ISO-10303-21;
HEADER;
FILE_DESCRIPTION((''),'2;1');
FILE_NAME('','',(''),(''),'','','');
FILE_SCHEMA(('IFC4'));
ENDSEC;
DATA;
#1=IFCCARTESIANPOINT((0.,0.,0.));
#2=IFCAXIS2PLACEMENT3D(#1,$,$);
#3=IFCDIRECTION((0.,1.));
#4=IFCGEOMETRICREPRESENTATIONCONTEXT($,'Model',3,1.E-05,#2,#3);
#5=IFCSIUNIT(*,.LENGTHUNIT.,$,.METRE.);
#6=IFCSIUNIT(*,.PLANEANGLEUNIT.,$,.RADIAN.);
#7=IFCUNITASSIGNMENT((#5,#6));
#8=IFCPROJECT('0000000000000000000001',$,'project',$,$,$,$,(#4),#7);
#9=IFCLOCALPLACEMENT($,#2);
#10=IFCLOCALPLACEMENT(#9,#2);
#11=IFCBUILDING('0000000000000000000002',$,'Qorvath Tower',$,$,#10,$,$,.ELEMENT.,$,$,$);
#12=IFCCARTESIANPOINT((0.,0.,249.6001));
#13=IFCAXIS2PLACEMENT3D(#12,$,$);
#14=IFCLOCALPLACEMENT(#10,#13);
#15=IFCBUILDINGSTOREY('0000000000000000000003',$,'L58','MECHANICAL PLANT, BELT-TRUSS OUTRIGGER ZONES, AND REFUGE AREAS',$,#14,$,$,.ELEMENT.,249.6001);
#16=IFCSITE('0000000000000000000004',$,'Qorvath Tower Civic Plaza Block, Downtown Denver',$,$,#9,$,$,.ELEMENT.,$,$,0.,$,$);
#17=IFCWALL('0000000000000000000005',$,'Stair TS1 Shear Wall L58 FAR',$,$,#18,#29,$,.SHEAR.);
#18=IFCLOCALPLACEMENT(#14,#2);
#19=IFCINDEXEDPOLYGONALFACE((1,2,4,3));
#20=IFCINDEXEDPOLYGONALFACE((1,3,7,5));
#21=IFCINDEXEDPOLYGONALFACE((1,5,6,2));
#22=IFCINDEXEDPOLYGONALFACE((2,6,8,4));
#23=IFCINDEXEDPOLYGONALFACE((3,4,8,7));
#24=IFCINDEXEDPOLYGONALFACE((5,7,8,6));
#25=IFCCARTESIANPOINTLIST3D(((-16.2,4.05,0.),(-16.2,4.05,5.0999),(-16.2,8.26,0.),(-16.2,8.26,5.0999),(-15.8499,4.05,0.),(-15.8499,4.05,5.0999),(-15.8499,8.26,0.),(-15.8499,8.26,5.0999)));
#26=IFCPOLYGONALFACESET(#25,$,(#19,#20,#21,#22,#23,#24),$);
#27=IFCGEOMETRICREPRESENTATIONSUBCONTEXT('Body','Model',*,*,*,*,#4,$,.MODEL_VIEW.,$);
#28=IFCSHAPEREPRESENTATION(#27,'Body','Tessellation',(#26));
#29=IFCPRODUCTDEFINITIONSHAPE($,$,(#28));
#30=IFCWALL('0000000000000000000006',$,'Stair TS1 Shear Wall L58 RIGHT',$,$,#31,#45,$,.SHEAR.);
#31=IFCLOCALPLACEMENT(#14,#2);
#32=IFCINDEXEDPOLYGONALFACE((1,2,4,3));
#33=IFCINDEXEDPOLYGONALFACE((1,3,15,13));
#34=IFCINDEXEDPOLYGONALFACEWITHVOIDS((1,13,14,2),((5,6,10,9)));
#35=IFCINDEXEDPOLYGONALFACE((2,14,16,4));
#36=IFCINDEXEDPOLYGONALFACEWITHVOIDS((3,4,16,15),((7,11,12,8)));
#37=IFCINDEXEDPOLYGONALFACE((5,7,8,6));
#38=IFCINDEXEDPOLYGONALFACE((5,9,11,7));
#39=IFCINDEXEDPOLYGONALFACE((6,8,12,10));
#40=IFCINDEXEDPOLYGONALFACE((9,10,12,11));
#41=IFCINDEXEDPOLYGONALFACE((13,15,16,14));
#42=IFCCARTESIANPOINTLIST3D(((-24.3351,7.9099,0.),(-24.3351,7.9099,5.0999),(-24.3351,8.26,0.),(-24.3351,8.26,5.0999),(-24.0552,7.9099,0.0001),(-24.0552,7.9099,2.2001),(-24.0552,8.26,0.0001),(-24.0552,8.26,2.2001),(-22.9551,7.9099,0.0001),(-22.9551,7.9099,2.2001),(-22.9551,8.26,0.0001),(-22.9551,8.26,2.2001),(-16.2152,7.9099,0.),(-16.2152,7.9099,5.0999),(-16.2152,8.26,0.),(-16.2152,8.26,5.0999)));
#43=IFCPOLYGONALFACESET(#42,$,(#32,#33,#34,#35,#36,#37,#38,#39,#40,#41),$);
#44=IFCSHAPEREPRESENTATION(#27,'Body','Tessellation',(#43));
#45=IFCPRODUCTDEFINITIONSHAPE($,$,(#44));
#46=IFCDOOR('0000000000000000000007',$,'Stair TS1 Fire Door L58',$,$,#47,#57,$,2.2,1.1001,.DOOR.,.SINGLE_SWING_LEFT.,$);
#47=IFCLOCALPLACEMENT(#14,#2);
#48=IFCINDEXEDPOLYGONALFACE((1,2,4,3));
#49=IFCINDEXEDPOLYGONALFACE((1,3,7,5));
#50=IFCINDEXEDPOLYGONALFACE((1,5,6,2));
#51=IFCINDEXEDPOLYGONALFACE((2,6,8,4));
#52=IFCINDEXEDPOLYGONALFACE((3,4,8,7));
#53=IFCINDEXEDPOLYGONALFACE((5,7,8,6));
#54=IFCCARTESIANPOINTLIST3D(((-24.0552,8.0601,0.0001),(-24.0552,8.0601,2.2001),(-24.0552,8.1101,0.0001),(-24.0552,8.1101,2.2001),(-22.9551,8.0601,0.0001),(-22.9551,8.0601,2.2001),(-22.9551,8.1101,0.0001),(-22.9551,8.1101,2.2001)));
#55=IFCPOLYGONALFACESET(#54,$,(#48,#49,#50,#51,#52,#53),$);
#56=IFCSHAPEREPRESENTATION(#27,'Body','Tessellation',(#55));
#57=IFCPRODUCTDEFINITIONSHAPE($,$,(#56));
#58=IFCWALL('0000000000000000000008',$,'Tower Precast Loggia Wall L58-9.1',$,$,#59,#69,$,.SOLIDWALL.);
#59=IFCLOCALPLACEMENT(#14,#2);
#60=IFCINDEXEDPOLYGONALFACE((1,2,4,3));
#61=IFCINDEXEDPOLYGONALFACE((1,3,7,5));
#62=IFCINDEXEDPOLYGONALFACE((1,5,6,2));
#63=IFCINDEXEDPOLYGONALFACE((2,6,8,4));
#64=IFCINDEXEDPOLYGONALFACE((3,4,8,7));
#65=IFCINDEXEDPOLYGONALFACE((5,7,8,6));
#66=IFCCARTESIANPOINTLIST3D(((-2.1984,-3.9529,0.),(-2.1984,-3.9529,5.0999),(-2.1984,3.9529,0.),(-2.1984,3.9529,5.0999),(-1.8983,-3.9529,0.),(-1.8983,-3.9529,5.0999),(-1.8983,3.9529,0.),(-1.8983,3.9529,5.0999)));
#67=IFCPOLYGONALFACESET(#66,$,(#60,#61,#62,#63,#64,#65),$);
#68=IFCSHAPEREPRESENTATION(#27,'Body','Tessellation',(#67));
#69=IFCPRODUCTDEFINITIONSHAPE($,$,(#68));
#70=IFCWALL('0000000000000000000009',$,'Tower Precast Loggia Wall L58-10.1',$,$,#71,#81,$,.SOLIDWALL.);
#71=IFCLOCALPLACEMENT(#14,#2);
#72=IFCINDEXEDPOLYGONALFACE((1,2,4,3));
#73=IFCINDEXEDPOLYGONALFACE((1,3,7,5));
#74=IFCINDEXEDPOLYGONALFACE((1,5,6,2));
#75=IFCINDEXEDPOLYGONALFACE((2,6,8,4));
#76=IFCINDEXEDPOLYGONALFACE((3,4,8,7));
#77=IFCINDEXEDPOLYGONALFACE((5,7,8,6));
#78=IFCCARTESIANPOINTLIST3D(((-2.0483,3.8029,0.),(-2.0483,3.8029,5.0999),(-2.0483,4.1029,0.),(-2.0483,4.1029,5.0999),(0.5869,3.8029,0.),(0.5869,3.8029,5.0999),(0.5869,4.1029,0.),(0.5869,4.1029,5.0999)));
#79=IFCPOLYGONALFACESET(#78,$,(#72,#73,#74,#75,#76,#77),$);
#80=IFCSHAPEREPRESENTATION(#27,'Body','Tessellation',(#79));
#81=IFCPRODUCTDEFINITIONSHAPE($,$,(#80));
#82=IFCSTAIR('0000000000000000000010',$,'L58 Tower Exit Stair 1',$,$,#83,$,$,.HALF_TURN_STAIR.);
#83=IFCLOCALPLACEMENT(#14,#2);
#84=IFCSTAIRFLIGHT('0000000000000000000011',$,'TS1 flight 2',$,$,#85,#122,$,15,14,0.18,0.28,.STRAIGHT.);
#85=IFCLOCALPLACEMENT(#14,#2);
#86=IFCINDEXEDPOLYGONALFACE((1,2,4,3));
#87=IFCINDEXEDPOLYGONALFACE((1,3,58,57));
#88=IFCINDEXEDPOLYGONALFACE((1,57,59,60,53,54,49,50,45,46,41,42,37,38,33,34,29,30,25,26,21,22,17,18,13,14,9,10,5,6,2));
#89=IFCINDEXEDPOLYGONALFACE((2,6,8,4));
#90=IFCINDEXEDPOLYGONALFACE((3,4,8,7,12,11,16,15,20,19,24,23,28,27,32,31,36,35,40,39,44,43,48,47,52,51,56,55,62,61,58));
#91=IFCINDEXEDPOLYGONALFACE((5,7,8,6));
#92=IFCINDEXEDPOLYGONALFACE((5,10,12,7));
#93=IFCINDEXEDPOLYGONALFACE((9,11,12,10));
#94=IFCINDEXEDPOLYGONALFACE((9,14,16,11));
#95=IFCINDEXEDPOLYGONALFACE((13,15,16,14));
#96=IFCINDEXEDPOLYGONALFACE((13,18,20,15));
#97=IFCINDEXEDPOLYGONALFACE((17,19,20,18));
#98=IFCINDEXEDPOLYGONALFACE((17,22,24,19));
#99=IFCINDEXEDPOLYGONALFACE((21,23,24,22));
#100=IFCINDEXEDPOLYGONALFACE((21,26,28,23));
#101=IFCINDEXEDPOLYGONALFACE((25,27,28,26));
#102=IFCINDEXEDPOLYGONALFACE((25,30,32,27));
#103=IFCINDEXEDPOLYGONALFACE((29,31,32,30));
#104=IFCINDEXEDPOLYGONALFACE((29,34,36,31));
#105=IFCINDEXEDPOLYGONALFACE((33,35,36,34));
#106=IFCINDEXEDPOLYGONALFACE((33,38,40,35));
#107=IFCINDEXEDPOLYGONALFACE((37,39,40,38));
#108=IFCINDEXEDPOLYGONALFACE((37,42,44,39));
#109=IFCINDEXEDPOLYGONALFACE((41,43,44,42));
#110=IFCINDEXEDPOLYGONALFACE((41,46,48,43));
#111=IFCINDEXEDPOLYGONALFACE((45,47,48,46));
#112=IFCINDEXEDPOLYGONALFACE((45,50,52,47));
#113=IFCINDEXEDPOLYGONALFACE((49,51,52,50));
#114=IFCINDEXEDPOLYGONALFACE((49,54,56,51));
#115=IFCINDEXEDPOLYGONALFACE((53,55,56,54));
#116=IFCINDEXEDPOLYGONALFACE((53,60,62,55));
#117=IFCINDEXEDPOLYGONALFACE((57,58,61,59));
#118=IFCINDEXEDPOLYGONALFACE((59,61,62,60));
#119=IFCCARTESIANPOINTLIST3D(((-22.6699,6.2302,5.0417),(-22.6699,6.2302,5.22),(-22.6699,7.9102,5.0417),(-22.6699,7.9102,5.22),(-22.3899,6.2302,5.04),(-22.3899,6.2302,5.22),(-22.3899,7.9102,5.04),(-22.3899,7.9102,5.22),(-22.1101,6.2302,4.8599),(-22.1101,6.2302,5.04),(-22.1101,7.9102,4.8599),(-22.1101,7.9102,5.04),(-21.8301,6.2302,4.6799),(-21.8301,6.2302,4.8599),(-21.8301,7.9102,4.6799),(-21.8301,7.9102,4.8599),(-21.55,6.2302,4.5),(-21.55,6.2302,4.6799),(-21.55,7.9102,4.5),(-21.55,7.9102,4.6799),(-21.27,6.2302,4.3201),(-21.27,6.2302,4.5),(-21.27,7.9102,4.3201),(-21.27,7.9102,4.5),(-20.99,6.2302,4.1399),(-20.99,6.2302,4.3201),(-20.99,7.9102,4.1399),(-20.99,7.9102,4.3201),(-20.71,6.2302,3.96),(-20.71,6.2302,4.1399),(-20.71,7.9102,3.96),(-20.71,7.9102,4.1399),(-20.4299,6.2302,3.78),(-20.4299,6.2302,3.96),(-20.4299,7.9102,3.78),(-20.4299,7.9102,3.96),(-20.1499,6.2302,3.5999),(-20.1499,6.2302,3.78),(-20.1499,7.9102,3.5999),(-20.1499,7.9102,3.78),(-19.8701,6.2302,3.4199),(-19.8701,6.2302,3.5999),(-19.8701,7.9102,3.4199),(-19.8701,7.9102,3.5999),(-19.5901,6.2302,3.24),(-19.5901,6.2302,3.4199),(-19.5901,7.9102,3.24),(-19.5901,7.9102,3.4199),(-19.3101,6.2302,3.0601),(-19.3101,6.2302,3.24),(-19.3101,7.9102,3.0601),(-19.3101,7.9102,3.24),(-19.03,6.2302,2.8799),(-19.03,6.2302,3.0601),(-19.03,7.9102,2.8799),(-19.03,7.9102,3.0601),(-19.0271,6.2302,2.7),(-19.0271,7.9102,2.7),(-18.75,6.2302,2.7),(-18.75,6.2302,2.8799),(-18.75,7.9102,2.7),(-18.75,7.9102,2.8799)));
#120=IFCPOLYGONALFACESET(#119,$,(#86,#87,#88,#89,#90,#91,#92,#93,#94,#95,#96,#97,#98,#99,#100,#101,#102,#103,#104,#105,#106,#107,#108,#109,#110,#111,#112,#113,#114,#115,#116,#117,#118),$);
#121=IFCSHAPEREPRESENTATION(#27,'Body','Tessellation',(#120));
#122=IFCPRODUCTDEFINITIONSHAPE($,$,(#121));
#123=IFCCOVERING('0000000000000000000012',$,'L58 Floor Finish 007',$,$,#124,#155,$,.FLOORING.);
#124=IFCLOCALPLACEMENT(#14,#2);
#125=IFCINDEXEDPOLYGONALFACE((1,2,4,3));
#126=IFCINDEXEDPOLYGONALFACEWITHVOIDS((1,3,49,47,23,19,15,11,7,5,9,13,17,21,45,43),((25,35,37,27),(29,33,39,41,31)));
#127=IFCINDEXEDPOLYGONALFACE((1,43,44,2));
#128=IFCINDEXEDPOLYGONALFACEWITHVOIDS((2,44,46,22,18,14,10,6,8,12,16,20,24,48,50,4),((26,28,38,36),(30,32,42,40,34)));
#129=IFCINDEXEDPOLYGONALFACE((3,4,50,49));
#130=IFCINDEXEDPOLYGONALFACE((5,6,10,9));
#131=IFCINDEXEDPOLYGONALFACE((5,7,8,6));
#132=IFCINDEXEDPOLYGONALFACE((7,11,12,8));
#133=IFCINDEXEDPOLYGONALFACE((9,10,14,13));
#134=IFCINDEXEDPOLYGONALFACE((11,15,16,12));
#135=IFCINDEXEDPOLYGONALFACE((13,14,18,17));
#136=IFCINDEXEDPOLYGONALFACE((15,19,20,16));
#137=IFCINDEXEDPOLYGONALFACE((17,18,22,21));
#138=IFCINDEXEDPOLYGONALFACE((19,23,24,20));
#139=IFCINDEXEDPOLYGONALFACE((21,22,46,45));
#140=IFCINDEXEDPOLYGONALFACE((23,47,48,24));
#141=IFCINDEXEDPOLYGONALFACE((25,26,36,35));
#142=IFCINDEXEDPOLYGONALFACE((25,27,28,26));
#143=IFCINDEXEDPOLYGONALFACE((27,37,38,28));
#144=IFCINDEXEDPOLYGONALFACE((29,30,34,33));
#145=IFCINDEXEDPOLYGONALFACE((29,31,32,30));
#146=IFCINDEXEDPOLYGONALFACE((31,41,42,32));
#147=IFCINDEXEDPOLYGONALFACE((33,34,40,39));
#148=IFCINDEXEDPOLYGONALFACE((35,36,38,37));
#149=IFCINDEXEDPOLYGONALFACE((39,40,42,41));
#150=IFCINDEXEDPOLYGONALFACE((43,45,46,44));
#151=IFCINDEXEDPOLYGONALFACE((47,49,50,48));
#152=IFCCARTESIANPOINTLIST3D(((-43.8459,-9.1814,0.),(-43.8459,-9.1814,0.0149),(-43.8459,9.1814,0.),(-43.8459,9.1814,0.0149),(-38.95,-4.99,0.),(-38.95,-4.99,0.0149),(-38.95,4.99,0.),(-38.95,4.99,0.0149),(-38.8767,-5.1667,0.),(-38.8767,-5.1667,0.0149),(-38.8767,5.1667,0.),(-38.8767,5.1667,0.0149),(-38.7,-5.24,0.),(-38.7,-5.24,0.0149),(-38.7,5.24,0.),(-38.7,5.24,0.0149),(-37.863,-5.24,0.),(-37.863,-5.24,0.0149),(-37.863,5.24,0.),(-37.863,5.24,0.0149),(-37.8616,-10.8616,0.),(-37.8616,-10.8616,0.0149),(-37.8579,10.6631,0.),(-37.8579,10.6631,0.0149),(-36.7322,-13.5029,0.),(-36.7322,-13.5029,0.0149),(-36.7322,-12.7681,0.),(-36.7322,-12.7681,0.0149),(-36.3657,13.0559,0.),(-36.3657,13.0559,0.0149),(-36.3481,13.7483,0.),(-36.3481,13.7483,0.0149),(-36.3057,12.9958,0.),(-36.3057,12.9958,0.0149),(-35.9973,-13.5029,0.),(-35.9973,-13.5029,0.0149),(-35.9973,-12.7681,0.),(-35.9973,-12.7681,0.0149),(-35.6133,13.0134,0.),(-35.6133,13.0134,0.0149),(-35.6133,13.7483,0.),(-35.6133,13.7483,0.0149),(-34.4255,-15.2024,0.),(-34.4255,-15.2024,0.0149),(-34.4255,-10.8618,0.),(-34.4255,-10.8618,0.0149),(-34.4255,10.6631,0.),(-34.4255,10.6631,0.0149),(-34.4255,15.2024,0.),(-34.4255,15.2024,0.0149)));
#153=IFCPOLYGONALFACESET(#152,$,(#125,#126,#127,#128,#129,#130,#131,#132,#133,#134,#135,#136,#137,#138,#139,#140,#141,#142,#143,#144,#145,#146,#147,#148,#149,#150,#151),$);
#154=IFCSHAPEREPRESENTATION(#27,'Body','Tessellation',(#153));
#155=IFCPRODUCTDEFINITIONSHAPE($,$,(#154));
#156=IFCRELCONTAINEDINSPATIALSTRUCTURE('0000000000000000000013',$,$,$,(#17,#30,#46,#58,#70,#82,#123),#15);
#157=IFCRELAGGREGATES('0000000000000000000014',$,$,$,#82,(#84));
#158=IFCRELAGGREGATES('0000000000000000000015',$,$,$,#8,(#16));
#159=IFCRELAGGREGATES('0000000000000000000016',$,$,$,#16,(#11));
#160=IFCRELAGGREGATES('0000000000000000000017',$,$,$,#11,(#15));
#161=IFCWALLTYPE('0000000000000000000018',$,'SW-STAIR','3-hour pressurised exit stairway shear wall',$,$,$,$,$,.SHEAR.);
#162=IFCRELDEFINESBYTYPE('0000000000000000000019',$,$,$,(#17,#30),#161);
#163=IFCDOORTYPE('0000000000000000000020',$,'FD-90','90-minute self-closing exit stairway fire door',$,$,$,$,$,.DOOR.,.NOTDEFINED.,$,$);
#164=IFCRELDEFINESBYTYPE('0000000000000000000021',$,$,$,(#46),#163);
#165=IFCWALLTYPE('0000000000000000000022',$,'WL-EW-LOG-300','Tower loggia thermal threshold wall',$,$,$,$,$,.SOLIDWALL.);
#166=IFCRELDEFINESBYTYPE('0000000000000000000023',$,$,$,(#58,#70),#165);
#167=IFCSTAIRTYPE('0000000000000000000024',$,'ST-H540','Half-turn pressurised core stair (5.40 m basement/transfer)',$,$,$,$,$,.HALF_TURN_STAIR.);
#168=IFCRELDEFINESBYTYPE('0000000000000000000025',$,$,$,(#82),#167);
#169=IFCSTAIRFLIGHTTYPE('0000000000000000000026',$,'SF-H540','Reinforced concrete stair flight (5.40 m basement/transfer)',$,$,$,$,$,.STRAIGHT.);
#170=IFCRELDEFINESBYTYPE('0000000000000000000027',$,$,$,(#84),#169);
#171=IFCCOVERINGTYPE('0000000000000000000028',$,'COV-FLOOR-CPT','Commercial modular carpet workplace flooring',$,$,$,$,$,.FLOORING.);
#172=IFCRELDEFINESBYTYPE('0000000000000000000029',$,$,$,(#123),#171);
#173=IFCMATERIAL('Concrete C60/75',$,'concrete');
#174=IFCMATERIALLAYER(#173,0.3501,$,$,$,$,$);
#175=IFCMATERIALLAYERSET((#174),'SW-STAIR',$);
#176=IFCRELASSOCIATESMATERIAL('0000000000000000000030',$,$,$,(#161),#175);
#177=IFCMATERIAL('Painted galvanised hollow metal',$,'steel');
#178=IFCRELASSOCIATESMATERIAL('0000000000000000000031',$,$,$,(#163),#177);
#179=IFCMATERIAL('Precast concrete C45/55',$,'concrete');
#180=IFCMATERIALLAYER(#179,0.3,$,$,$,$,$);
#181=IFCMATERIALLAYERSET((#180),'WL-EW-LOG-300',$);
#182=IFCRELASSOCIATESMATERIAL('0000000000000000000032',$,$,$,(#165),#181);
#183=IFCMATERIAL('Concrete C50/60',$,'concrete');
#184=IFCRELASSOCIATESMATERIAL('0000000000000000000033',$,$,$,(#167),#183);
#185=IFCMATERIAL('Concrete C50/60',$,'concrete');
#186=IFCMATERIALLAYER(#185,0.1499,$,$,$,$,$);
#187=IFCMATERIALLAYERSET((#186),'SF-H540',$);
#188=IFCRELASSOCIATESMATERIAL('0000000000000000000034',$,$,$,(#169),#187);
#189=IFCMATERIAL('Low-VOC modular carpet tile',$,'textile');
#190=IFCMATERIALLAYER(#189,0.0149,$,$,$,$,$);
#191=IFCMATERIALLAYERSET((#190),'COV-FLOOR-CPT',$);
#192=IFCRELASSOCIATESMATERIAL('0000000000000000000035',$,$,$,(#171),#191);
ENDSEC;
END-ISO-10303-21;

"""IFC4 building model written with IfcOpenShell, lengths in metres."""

from ifc_helpers import new_model, si_unit, direction, frame, frame_2d, origin, place, context, subcontext, project, spatial, polyline, rectangle, outline, extrude, material, layer, layer_set, type_object, element, fill, aggregate, save


model = new_model("IFC4")

# Units and contexts
model_context = context("Model", 3, precision=1e-05, world=origin(), true_north=direction((0.0, 1.0)))
body_context = subcontext(model_context, "Body", "Model", "MODEL_VIEW")
ifc_project = project(units=[si_unit("LENGTHUNIT", "METRE"), si_unit("PLANEANGLEUNIT", "RADIAN")], contexts=[model_context])

# Site, building, storey
site_placement = place(None, origin())
site = spatial("IfcSite", under=ifc_project, at=site_placement, Name="Qorvath Tower Civic Plaza Block, Downtown Denver", CompositionType="ELEMENT", RefElevation=0.0)
building_placement = place(site_placement, origin())
building = spatial("IfcBuilding", under=site, at=building_placement, Name="Qorvath Tower", CompositionType="ELEMENT")
storey_placement = place(building_placement, frame((0.0, 0.0, 249.6001)))
storey = spatial("IfcBuildingStorey", under=building, at=storey_placement, Name="L58", Description="MECHANICAL PLANT, BELT-TRUSS OUTRIGGER ZONES, AND REFUGE AREAS", CompositionType="ELEMENT", Elevation=249.6001)

# Wall
ifc_material_1 = material(Name="Concrete C60/75", Category="concrete")
ifc_layer_1 = layer(ifc_material_1, 0.3501)
ifc_layer_set_1 = layer_set([ifc_layer_1], Name="SW-STAIR")
wall_type_1 = type_object("IfcWallType", Name="SW-STAIR", Description="3-hour pressurised exit stairway shear wall", PredefinedType="SHEAR", material=ifc_layer_set_1)
wall_1_placement = place(storey_placement, frame((-16.0249, 4.05, 0.0), z_axis=(0.0, 0.0, 1.0), x_axis=(0.0, 1.0, 0.0)))
element("IfcWall", 1, at=wall_1_placement, inside=storey, type_object=wall_type_1, Name="Stair TS1 Shear Wall L58 FAR", PredefinedType="SHEAR", context=body_context, shape_type="SweptSolid", body=[
    extrude(rectangle(XDim=4.21, YDim=0.3501, at=frame_2d((2.105, 0.0))), origin(), (0.0, 0.0, 1.0), 5.0999),
])

# Wall, opening, door
wall_2_placement = place(storey_placement, frame((-16.2151, 8.085, 0.0), z_axis=(0.0, 0.0, 1.0), x_axis=(-1.0, 0.0, 0.0)))
wall_2 = element("IfcWall", 2, at=wall_2_placement, inside=storey, type_object=wall_type_1, Name="Stair TS1 Shear Wall L58 RIGHT", PredefinedType="SHEAR", context=body_context, shape_type="SweptSolid", body=[
    extrude(rectangle(XDim=8.1199, YDim=0.3501, at=frame_2d((4.0601, 0.0))), origin(), (0.0, 0.0, 1.0), 5.0999),
])
opening_1_placement = place(wall_2_placement, frame((6.74, 0.0, 0.0)))
opening_1 = element("IfcOpeningElement", 3, at=opening_1_placement, cuts=wall_2, PredefinedType="OPENING", context=body_context, shape_type="SweptSolid", body=[
    extrude(rectangle(XDim=1.1001, YDim=2.2, at=frame_2d((0.55, 1.1001))), frame((0.0, 0.1851, 0.0), z_axis=(0.0, -1.0, 0.0), x_axis=(1.0, 0.0, 0.0)), (0.0, 0.0, 1.0), 0.3701),
])
ifc_material_2 = material(Name="Painted galvanised hollow metal", Category="steel")
door_type_1 = type_object("IfcDoorType", Name="FD-90", Description="90-minute self-closing exit stairway fire door", OperationType="NOTDEFINED", PredefinedType="DOOR", material=ifc_material_2)
door_1_placement = place(opening_1_placement, origin())
door_1 = element("IfcDoor", 4, at=door_1_placement, inside=storey, type_object=door_type_1, Name="Stair TS1 Fire Door L58", OperationType="SINGLE_SWING_LEFT", OverallHeight=2.2, OverallWidth=1.1001, PredefinedType="DOOR", context=body_context, shape_type="SweptSolid", body=[
    extrude(rectangle(XDim=1.1001, YDim=2.2, at=frame_2d((0.55, 1.1001))), frame((0.0, 0.0249, 0.0), z_axis=(0.0, -1.0, 0.0), x_axis=(1.0, 0.0, 0.0)), (0.0, 0.0, 1.0), 0.05),
])
fill(opening_1, door_1)

# Walls
ifc_material_3 = material(Name="Precast concrete C45/55", Category="concrete")
ifc_layer_2 = layer(ifc_material_3, 0.3)
ifc_layer_set_2 = layer_set([ifc_layer_2], Name="WL-EW-LOG-300")
wall_type_2 = type_object("IfcWallType", Name="WL-EW-LOG-300", Description="Tower loggia thermal threshold wall", PredefinedType="SOLIDWALL", material=ifc_layer_set_2)
wall_3_placement = place(storey_placement, frame((-2.0483, 3.9529, 0.0), z_axis=(0.0, 0.0, 1.0), x_axis=(0.0, -1.0, 0.0)))
element("IfcWall", 5, at=wall_3_placement, inside=storey, type_object=wall_type_2, Name="Tower Precast Loggia Wall L58-9.1", PredefinedType="SOLIDWALL", context=body_context, shape_type="SweptSolid", body=[
    extrude(rectangle(XDim=7.9058, YDim=0.3, at=frame_2d((3.9529, 0.0))), origin(), (0.0, 0.0, 1.0), 5.0999),
])
wall_4_placement = place(storey_placement, frame((-2.0483, 3.9529, 0.0), z_axis=(0.0, 0.0, 1.0), x_axis=(1.0, 0.0, 0.0)))
element("IfcWall", 6, at=wall_4_placement, inside=storey, type_object=wall_type_2, Name="Tower Precast Loggia Wall L58-10.1", PredefinedType="SOLIDWALL", context=body_context, shape_type="SweptSolid", body=[
    extrude(rectangle(XDim=2.6353, YDim=0.3, at=frame_2d((1.3176, 0.0))), origin(), (0.0, 0.0, 1.0), 5.0999),
])

# Stair, stair flight
ifc_material_4 = material(Name="Concrete C50/60", Category="concrete")
stair_type = type_object("IfcStairType", Name="ST-H540", Description="Half-turn pressurised core stair (5.40 m basement/transfer)", PredefinedType="HALF_TURN_STAIR", material=ifc_material_4)
stair_placement = place(storey_placement, origin())
stair = element("IfcStair", 7, at=stair_placement, inside=storey, type_object=stair_type, Name="L58 Tower Exit Stair 1", PredefinedType="HALF_TURN_STAIR")
ifc_material_5 = material(Name="Concrete C50/60", Category="concrete")
ifc_layer_3 = layer(ifc_material_5, 0.1499)
ifc_layer_set_3 = layer_set([ifc_layer_3], Name="SF-H540")
stair_flight_type = type_object("IfcStairFlightType", Name="SF-H540", Description="Reinforced concrete stair flight (5.40 m basement/transfer)", PredefinedType="STRAIGHT", material=ifc_layer_set_3)
stair_flight_placement = place(storey_placement, frame((-18.75, 7.0701, 2.7), z_axis=(0.0, 0.0, 1.0), x_axis=(-1.0, 0.0, 0.0)))
stair_flight = element("IfcStairFlight", 8, at=stair_flight_placement, type_object=stair_flight_type, Name="TS1 flight 2", NumberOfRisers=15, NumberOfTreads=14, PredefinedType="STRAIGHT", RiserHeight=0.18, TreadLength=0.28, context=body_context, shape_type="SweptSolid", body=[
    extrude(outline(polyline([(0.0, 0.0), (0.0, 0.1799), (0.28, 0.1799), (0.28, 0.3601), (0.5601, 0.3601), (0.5601, 0.54), (0.8401, 0.54), (0.8401, 0.72), (1.1201, 0.72), (1.1201, 0.8999), (1.3999, 0.8999), (1.3999, 1.0801), (1.6799, 1.0801), (1.6799, 1.26), (1.96, 1.26), (1.96, 1.4399), (2.24, 1.4399), (2.24, 1.6201), (2.52, 1.6201), (2.52, 1.8), (2.8, 1.8), (2.8, 1.98), (3.0801, 1.98), (3.0801, 2.1599), (3.3601, 2.1599), (3.3601, 2.3401), (3.6399, 2.3401), (3.6399, 2.52), (3.9199, 2.52), (3.9199, 2.7), (3.9199, 2.3418), (0.2771, 0.0), (0.0, 0.0)])), frame((0.0, 0.8398, 0.0), z_axis=(0.0, -1.0, 0.0), x_axis=(1.0, 0.0, 0.0)), (0.0, 0.0, 1.0), 1.6799),
])
aggregate(stair, [stair_flight])

# Covering
ifc_material_6 = material(Name="Low-VOC modular carpet tile", Category="textile")
ifc_layer_4 = layer(ifc_material_6, 0.0149)
ifc_layer_set_4 = layer_set([ifc_layer_4], Name="COV-FLOOR-CPT")
covering_type = type_object("IfcCoveringType", Name="COV-FLOOR-CPT", Description="Commercial modular carpet workplace flooring", PredefinedType="FLOORING", material=ifc_layer_set_4)
covering_1_placement = place(storey_placement, origin())
element("IfcCovering", 9, at=covering_1_placement, inside=storey, type_object=covering_type, Name="L58 Floor Finish 007", PredefinedType="FLOORING", context=body_context, shape_type="SweptSolid", body=[
    extrude(outline(polyline([(-43.8459, 9.1814), (-43.8459, -9.1814), (-34.4255, -15.2024), (-34.4255, -10.8618), (-37.8616, -10.8616), (-37.863, -5.24), (-38.7, -5.24), (-38.8767, -5.1667), (-38.95, -4.99), (-38.95, 4.99), (-38.8767, 5.1667), (-38.7, 5.24), (-37.863, 5.24), (-37.8579, 10.6631), (-34.4255, 10.6631), (-34.4255, 15.2024), (-43.8459, 9.1814)]), holes=[polyline([(-36.3657, 13.0559), (-36.3481, 13.7483), (-35.6133, 13.7483), (-35.6133, 13.0134), (-36.3057, 12.9958), (-36.3657, 13.0559)]), polyline([(-36.7322, -13.5029), (-36.7322, -12.7681), (-35.9973, -12.7681), (-35.9973, -13.5029), (-36.7322, -13.5029)])]), origin(), (0.0, 0.0, 1.0), 0.0149),
])

save(model, "model.ifc")
